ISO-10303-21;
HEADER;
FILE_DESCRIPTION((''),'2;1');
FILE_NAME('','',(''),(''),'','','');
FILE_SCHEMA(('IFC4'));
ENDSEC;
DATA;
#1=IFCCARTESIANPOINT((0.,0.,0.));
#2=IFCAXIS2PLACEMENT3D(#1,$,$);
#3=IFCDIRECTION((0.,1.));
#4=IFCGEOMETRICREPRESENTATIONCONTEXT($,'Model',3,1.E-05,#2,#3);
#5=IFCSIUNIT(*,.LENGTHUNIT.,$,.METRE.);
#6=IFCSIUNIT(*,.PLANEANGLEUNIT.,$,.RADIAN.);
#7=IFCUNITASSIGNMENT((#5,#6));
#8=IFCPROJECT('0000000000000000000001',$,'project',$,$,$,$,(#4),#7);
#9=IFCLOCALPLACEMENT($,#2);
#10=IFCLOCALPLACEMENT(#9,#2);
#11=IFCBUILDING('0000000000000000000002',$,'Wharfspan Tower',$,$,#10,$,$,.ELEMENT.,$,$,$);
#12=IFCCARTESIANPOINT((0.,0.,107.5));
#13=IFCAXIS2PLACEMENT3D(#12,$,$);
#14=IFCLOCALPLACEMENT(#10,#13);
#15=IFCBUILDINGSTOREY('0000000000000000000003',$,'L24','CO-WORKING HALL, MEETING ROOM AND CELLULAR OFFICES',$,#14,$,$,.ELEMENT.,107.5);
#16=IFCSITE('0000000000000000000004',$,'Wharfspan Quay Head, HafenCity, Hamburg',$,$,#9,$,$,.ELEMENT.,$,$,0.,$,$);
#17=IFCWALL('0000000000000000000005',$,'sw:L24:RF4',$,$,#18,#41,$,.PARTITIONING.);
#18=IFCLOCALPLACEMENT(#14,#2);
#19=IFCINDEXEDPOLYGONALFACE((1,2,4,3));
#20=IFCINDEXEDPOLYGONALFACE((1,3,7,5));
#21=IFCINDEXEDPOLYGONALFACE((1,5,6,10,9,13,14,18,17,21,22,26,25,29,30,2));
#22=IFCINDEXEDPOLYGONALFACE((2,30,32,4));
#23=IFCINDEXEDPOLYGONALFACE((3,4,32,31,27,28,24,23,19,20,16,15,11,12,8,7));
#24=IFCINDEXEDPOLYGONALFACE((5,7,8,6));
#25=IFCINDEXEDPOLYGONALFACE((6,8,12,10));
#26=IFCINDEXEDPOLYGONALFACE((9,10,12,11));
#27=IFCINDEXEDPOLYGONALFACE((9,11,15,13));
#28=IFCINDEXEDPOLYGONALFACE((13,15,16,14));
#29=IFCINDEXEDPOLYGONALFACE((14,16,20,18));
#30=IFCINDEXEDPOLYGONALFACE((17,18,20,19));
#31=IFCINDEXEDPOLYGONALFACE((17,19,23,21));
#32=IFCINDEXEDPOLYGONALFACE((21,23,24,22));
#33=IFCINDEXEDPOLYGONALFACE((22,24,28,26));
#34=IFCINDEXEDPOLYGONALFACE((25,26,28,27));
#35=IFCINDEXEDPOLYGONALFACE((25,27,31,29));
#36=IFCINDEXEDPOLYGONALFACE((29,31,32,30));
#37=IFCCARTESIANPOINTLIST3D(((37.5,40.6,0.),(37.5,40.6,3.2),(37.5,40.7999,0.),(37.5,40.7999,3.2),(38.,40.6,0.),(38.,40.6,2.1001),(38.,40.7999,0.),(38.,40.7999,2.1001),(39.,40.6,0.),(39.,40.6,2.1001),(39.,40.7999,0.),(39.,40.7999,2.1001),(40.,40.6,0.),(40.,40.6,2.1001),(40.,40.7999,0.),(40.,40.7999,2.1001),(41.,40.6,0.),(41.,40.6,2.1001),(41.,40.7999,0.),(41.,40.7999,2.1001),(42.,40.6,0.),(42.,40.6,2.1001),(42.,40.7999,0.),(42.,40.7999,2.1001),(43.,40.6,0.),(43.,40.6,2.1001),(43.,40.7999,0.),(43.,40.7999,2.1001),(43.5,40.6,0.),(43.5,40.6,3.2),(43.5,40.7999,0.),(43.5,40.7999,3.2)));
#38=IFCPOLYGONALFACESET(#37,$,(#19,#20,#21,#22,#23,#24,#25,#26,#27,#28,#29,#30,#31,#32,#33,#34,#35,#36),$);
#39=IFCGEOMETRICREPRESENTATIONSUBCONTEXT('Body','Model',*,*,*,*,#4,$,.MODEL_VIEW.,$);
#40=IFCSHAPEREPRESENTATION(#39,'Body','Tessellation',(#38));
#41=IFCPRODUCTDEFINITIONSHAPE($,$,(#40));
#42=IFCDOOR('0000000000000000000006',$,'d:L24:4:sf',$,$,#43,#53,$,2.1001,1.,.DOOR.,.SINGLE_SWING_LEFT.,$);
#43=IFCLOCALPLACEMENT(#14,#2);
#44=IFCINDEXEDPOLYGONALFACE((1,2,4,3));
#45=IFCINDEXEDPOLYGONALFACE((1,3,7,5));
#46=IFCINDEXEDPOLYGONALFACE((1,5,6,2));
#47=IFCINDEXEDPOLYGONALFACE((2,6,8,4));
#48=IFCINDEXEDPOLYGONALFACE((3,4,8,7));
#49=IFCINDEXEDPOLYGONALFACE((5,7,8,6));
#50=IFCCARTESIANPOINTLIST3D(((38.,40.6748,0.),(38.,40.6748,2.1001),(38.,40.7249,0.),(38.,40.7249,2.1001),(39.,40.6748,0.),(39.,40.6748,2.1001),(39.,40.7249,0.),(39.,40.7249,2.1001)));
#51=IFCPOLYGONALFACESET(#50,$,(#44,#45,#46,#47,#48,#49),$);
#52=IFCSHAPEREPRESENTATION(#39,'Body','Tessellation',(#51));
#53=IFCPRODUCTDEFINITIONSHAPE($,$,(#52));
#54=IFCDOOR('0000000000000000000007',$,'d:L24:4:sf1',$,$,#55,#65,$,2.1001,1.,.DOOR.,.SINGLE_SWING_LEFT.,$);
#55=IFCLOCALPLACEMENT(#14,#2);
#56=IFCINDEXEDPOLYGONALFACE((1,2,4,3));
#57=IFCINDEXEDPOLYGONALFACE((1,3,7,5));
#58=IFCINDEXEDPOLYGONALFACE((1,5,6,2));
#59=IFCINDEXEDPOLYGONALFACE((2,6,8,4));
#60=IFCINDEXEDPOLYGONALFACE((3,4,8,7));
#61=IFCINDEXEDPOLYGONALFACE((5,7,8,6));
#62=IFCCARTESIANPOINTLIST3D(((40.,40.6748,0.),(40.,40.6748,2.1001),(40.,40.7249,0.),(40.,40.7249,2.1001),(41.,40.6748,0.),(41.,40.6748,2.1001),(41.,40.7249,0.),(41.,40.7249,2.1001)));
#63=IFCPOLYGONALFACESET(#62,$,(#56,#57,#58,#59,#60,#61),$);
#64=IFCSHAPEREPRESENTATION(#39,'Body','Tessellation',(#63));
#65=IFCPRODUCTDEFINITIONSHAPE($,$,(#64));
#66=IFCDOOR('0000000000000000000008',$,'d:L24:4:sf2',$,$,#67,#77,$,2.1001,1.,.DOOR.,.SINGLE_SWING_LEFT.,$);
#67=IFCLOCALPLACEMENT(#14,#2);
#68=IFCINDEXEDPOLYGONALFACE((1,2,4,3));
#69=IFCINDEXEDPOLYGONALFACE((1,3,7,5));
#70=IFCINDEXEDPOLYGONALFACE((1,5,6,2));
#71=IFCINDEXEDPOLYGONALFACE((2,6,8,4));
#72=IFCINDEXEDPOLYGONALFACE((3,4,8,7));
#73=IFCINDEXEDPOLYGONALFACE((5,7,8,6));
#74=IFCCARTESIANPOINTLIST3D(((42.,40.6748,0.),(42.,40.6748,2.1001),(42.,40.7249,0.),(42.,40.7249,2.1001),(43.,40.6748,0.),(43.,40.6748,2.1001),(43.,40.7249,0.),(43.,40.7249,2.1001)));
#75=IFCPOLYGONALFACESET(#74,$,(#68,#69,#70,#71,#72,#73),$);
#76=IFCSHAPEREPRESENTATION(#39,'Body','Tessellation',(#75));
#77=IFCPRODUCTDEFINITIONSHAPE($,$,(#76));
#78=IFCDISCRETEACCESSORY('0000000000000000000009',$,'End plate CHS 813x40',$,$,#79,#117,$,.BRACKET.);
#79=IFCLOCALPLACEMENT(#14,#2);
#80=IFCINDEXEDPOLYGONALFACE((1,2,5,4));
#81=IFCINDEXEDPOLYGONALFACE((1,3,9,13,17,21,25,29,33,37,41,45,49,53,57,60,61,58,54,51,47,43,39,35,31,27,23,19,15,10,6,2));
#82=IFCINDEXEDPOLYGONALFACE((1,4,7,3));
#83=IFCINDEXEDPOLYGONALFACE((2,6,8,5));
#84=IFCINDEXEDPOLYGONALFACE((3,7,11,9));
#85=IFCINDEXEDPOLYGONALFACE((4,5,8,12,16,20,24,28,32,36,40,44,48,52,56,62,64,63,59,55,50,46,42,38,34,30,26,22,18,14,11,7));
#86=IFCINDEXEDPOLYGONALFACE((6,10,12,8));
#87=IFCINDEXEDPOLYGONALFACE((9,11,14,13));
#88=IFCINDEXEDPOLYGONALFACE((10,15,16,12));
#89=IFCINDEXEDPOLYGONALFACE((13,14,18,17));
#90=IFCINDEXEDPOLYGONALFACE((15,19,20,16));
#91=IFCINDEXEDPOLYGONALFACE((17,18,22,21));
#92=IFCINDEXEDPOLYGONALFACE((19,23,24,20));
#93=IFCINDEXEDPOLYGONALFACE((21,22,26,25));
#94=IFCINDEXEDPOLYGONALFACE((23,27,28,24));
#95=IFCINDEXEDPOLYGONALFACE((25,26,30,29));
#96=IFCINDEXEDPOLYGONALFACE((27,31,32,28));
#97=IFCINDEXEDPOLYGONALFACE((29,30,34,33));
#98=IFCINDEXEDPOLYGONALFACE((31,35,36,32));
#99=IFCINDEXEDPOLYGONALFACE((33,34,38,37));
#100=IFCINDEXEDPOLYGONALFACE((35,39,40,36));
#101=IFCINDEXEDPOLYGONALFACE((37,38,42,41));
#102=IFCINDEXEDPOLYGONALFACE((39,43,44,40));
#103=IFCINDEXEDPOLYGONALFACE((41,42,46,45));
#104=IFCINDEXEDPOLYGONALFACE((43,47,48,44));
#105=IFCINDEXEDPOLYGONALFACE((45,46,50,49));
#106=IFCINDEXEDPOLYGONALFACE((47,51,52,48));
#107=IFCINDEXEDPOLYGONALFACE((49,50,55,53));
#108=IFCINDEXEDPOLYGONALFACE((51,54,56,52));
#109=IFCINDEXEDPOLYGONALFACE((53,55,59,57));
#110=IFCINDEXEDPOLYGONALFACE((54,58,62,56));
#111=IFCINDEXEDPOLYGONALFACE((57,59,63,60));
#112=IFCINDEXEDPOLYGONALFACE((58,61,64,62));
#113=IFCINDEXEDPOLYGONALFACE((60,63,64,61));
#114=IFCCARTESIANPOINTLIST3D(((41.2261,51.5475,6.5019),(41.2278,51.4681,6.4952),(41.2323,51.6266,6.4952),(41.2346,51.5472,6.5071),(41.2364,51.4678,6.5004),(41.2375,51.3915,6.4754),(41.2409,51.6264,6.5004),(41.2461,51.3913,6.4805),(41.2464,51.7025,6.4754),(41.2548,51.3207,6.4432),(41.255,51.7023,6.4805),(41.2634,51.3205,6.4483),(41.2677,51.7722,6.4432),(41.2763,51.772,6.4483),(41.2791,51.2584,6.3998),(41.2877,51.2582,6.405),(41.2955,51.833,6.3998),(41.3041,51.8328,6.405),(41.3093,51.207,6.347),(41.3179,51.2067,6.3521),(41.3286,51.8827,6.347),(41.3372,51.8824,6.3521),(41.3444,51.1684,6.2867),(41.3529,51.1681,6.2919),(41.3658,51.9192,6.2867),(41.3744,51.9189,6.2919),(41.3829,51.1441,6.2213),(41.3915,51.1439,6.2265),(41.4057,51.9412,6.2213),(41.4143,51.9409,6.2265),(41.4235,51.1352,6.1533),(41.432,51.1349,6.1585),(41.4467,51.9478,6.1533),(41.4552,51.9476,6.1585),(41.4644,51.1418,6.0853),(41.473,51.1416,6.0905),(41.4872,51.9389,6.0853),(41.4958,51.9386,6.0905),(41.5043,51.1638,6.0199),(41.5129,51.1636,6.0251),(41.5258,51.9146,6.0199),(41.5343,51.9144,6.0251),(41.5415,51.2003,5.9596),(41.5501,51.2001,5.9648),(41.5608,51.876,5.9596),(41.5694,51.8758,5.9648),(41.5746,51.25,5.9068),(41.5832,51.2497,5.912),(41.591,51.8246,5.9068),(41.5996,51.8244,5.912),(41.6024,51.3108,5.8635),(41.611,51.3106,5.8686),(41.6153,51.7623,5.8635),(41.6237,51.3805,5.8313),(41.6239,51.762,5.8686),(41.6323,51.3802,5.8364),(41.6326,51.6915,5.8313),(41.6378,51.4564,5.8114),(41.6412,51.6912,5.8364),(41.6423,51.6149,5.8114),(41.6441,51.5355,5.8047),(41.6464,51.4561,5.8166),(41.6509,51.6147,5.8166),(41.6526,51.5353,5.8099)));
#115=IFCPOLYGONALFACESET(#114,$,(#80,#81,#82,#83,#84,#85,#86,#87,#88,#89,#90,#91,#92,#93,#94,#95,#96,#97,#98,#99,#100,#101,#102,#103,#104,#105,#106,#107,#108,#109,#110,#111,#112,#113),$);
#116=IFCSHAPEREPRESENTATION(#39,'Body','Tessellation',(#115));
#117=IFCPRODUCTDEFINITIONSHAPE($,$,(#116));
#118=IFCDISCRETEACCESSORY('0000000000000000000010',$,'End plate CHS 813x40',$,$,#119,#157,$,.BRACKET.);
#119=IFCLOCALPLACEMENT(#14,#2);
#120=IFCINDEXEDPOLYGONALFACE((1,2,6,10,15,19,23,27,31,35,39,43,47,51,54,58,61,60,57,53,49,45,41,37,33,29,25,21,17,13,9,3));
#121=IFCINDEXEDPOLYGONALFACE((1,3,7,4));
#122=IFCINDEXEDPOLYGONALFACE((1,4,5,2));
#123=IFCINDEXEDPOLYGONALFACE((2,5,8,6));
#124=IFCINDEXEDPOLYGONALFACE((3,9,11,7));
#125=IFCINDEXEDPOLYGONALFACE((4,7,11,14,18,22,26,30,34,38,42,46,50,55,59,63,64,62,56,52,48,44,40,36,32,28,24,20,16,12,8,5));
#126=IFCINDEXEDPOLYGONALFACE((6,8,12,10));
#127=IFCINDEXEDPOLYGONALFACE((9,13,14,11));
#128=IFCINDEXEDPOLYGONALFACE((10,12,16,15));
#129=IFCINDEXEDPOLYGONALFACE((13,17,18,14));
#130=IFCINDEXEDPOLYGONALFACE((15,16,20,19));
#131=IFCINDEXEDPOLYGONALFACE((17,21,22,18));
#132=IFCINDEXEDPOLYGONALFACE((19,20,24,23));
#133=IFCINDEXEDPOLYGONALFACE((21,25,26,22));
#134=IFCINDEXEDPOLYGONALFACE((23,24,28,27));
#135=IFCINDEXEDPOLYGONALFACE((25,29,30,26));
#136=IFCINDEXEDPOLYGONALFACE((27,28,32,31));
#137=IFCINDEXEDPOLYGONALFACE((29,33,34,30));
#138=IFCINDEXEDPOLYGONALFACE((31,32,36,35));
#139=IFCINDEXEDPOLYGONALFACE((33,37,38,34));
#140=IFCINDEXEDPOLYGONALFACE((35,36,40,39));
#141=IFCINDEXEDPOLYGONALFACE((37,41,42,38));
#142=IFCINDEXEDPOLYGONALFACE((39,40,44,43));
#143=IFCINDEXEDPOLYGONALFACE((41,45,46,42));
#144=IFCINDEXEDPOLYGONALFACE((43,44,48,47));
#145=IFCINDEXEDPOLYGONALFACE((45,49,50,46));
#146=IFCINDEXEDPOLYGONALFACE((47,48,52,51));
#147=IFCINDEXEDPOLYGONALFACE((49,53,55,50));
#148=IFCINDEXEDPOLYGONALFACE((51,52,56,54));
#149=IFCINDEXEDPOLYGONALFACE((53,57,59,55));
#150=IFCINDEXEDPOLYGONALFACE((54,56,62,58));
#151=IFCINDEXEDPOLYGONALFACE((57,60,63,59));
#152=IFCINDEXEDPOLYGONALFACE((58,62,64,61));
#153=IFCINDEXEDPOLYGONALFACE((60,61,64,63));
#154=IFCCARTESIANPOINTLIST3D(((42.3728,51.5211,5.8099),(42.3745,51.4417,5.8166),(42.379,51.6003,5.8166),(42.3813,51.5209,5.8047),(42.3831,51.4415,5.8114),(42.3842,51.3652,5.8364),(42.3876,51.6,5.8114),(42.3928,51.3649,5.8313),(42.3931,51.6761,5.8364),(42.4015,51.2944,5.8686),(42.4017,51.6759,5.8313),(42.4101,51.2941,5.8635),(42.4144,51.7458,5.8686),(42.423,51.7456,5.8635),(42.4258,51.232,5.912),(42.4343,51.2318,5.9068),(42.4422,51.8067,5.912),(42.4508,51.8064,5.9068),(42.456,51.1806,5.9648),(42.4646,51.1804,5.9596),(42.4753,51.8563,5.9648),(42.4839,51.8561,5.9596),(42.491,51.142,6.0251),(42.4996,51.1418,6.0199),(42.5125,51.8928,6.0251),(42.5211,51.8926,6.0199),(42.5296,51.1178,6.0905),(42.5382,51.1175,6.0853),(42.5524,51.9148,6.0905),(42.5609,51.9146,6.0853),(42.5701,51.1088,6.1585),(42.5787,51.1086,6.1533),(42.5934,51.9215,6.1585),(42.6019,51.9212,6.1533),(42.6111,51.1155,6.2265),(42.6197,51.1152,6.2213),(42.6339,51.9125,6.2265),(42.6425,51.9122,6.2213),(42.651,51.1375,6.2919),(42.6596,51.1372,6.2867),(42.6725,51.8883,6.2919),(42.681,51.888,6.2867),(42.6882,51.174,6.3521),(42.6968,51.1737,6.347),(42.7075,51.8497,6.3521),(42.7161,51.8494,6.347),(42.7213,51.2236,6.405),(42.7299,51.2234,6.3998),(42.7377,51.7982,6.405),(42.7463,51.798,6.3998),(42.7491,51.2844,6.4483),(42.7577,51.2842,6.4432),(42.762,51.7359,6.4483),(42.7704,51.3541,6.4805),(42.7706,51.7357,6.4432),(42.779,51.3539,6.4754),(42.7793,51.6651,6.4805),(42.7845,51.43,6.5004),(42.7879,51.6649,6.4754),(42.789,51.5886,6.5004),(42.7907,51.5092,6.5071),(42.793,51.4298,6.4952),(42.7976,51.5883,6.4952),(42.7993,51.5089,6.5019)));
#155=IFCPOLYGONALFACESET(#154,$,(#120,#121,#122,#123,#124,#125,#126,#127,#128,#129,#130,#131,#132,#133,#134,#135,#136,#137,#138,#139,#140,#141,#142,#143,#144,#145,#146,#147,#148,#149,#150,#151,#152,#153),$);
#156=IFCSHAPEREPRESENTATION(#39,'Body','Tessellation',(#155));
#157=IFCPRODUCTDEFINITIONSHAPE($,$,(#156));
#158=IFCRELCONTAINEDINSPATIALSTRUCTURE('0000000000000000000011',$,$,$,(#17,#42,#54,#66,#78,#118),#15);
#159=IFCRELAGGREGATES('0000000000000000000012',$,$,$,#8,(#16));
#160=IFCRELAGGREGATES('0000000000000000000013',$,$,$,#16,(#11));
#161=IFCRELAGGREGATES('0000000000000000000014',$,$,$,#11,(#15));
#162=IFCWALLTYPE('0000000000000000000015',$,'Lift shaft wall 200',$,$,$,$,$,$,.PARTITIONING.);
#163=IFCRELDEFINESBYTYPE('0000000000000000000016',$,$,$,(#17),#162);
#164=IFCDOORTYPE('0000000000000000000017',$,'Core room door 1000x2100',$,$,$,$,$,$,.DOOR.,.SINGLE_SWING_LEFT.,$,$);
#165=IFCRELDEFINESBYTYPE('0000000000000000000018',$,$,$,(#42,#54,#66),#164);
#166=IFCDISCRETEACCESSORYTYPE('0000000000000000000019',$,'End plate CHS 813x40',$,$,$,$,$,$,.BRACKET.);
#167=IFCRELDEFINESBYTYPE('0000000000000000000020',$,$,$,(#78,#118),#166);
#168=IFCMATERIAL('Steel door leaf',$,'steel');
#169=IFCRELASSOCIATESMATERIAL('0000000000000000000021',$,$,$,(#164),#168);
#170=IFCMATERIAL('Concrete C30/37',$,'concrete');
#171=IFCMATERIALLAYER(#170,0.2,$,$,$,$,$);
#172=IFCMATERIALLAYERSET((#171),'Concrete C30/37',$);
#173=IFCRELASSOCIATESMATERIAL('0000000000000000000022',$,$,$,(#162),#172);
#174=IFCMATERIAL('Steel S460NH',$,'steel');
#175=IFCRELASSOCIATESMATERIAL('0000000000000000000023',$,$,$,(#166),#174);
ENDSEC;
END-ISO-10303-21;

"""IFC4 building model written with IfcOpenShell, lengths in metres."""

from ifc_helpers import new_model, si_unit, direction, frame, frame_2d, origin, origin_2d, place, context, subcontext, project, spatial, rectangle, circle, extrude, material, layer, layer_set, material_profile, profile_set, type_object, element, fill, save


model = new_model("IFC4")

# Units and contexts
model_context = context("Model", 3, precision=1e-05, world=origin(), true_north=direction((0.0, 1.0)))
body_context = subcontext(model_context, "Body", "Model", "MODEL_VIEW")
ifc_project = project(units=[si_unit("LENGTHUNIT", "METRE"), si_unit("PLANEANGLEUNIT", "RADIAN")], contexts=[model_context])

# Site, building, storey
site_placement = place(None, origin())
site = spatial("IfcSite", under=ifc_project, at=site_placement, Name="Wharfspan Quay Head, HafenCity, Hamburg", CompositionType="ELEMENT", RefElevation=0.0)
building_placement = place(site_placement, origin())
building = spatial("IfcBuilding", under=site, at=building_placement, Name="Wharfspan Tower", CompositionType="ELEMENT")
storey_placement = place(building_placement, frame((0.0, 0.0, 107.5)))
storey = spatial("IfcBuildingStorey", under=building, at=storey_placement, Name="L24", Description="CO-WORKING HALL, MEETING ROOM AND CELLULAR OFFICES", CompositionType="ELEMENT", Elevation=107.5)

# Shared definitions
ifc_material_1 = material(Name="Steel S460NH", Category="steel")

# Shared definitions
ifc_material_2 = material(Name="Steel door leaf", Category="steel")
door_type_1 = type_object("IfcDoorType", Name="Core room door 1000x2100", OperationType="SINGLE_SWING_LEFT", PredefinedType="DOOR", material=ifc_material_2)

# Wall, openings, doors
ifc_material_3 = material(Name="Concrete C30/37", Category="concrete")
ifc_layer_1 = layer(ifc_material_3, 0.2)
ifc_layer_set_1 = layer_set([ifc_layer_1], Name="Concrete C30/37")
wall_type_1 = type_object("IfcWallType", Name="Lift shaft wall 200", PredefinedType="PARTITIONING", material=ifc_layer_set_1)
wall_1_placement = place(storey_placement, frame((37.5, 40.7, 0.0), z_axis=(0.0, 0.0, 1.0), x_axis=(1.0, 0.0, 0.0)))
wall_1 = element("IfcWall", 1, at=wall_1_placement, inside=storey, type_object=wall_type_1, Name="sw:L24:RF4", PredefinedType="PARTITIONING", context=body_context, shape_type="SweptSolid", body=[
    extrude(rectangle(XDim=6.0, YDim=0.2, at=frame_2d((3.0, 0.0))), origin(), (0.0, 0.0, 1.0), 3.2),
])
opening_1_placement = place(wall_1_placement, frame((0.5, 0.0, 0.0)))
opening_1 = element("IfcOpeningElement", 2, at=opening_1_placement, cuts=wall_1, PredefinedType="OPENING", context=body_context, shape_type="SweptSolid", body=[
    extrude(rectangle(XDim=1.0, YDim=2.1001, at=frame_2d((0.5, 1.05))), frame((0.0, 0.1099, 0.0), z_axis=(0.0, -1.0, 0.0), x_axis=(1.0, 0.0, 0.0)), (0.0, 0.0, 1.0), 0.22),
])
opening_2_placement = place(wall_1_placement, frame((2.5, 0.0, 0.0)))
opening_2 = element("IfcOpeningElement", 3, at=opening_2_placement, cuts=wall_1, PredefinedType="OPENING", context=body_context, shape_type="SweptSolid", body=[
    extrude(rectangle(XDim=1.0, YDim=2.1001, at=frame_2d((0.5, 1.05))), frame((0.0, 0.1099, 0.0), z_axis=(0.0, -1.0, 0.0), x_axis=(1.0, 0.0, 0.0)), (0.0, 0.0, 1.0), 0.22),
])
opening_3_placement = place(wall_1_placement, frame((4.5, 0.0, 0.0)))
opening_3 = element("IfcOpeningElement", 4, at=opening_3_placement, cuts=wall_1, PredefinedType="OPENING", context=body_context, shape_type="SweptSolid", body=[
    extrude(rectangle(XDim=1.0, YDim=2.1001, at=frame_2d((0.5, 1.05))), frame((0.0, 0.1099, 0.0), z_axis=(0.0, -1.0, 0.0), x_axis=(1.0, 0.0, 0.0)), (0.0, 0.0, 1.0), 0.22),
])
door_1_placement = place(opening_1_placement, origin())
door_1 = element("IfcDoor", 5, at=door_1_placement, inside=storey, type_object=door_type_1, Name="d:L24:4:sf", OperationType="SINGLE_SWING_LEFT", OverallHeight=2.1001, OverallWidth=1.0, PredefinedType="DOOR", context=body_context, shape_type="SweptSolid", body=[
    extrude(rectangle(XDim=1.0, YDim=2.1001, at=frame_2d((0.5, 1.05))), frame((0.0, 0.0249, 0.0), z_axis=(0.0, -1.0, 0.0), x_axis=(1.0, 0.0, 0.0)), (0.0, 0.0, 1.0), 0.05),
])
fill(opening_1, door_1)
door_2_placement = place(opening_2_placement, origin())
door_2 = element("IfcDoor", 6, at=door_2_placement, inside=storey, type_object=door_type_1, Name="d:L24:4:sf1", OperationType="SINGLE_SWING_LEFT", OverallHeight=2.1001, OverallWidth=1.0, PredefinedType="DOOR", context=body_context, shape_type="SweptSolid", body=[
    extrude(rectangle(XDim=1.0, YDim=2.1001, at=frame_2d((0.5, 1.05))), frame((0.0, 0.0249, 0.0), z_axis=(0.0, -1.0, 0.0), x_axis=(1.0, 0.0, 0.0)), (0.0, 0.0, 1.0), 0.05),
])
fill(opening_2, door_2)
door_3_placement = place(opening_3_placement, origin())
door_3 = element("IfcDoor", 7, at=door_3_placement, inside=storey, type_object=door_type_1, Name="d:L24:4:sf2", OperationType="SINGLE_SWING_LEFT", OverallHeight=2.1001, OverallWidth=1.0, PredefinedType="DOOR", context=body_context, shape_type="SweptSolid", body=[
    extrude(rectangle(XDim=1.0, YDim=2.1001, at=frame_2d((0.5, 1.05))), frame((0.0, 0.0249, 0.0), z_axis=(0.0, -1.0, 0.0), x_axis=(1.0, 0.0, 0.0)), (0.0, 0.0, 1.0), 0.05),
])
fill(opening_3, door_3)

# Discrete accessories
ifc_material_profile_1 = material_profile(ifc_material_1, circle(Radius=0.4065, at=origin_2d()))
ifc_profile_set_1 = profile_set([ifc_material_profile_1], Name="Steel S460NH")
discrete_accessory_type = type_object("IfcDiscreteAccessoryType", Name="End plate CHS 813x40", PredefinedType="BRACKET", material=ifc_profile_set_1)
for number, where, z_axis, x_axis, name in (
    (8, (41.4351, 51.5415, 6.1533), (0.857236, -0.024492, 0.514341), (0.028558, 0.999591, 0.000002), "End plate CHS 813x40"),
    (9, (42.5903, 51.5149, 6.1533), (-0.857236, 0.024492, 0.514341), (-0.028558, -0.999591, 0.000002), "End plate CHS 813x40"),
):
    element("IfcDiscreteAccessory", number, at=place(storey_placement, frame(where, z_axis=z_axis, x_axis=x_axis)), inside=storey, type_object=discrete_accessory_type, Name=name, PredefinedType="BRACKET", context=body_context, shape_type="SweptSolid", body=[
        extrude(circle(Radius=0.4065, at=origin_2d()), origin(), (0.0, 0.0, 1.0), 0.01),
    ])

save(model, "model.ifc")
